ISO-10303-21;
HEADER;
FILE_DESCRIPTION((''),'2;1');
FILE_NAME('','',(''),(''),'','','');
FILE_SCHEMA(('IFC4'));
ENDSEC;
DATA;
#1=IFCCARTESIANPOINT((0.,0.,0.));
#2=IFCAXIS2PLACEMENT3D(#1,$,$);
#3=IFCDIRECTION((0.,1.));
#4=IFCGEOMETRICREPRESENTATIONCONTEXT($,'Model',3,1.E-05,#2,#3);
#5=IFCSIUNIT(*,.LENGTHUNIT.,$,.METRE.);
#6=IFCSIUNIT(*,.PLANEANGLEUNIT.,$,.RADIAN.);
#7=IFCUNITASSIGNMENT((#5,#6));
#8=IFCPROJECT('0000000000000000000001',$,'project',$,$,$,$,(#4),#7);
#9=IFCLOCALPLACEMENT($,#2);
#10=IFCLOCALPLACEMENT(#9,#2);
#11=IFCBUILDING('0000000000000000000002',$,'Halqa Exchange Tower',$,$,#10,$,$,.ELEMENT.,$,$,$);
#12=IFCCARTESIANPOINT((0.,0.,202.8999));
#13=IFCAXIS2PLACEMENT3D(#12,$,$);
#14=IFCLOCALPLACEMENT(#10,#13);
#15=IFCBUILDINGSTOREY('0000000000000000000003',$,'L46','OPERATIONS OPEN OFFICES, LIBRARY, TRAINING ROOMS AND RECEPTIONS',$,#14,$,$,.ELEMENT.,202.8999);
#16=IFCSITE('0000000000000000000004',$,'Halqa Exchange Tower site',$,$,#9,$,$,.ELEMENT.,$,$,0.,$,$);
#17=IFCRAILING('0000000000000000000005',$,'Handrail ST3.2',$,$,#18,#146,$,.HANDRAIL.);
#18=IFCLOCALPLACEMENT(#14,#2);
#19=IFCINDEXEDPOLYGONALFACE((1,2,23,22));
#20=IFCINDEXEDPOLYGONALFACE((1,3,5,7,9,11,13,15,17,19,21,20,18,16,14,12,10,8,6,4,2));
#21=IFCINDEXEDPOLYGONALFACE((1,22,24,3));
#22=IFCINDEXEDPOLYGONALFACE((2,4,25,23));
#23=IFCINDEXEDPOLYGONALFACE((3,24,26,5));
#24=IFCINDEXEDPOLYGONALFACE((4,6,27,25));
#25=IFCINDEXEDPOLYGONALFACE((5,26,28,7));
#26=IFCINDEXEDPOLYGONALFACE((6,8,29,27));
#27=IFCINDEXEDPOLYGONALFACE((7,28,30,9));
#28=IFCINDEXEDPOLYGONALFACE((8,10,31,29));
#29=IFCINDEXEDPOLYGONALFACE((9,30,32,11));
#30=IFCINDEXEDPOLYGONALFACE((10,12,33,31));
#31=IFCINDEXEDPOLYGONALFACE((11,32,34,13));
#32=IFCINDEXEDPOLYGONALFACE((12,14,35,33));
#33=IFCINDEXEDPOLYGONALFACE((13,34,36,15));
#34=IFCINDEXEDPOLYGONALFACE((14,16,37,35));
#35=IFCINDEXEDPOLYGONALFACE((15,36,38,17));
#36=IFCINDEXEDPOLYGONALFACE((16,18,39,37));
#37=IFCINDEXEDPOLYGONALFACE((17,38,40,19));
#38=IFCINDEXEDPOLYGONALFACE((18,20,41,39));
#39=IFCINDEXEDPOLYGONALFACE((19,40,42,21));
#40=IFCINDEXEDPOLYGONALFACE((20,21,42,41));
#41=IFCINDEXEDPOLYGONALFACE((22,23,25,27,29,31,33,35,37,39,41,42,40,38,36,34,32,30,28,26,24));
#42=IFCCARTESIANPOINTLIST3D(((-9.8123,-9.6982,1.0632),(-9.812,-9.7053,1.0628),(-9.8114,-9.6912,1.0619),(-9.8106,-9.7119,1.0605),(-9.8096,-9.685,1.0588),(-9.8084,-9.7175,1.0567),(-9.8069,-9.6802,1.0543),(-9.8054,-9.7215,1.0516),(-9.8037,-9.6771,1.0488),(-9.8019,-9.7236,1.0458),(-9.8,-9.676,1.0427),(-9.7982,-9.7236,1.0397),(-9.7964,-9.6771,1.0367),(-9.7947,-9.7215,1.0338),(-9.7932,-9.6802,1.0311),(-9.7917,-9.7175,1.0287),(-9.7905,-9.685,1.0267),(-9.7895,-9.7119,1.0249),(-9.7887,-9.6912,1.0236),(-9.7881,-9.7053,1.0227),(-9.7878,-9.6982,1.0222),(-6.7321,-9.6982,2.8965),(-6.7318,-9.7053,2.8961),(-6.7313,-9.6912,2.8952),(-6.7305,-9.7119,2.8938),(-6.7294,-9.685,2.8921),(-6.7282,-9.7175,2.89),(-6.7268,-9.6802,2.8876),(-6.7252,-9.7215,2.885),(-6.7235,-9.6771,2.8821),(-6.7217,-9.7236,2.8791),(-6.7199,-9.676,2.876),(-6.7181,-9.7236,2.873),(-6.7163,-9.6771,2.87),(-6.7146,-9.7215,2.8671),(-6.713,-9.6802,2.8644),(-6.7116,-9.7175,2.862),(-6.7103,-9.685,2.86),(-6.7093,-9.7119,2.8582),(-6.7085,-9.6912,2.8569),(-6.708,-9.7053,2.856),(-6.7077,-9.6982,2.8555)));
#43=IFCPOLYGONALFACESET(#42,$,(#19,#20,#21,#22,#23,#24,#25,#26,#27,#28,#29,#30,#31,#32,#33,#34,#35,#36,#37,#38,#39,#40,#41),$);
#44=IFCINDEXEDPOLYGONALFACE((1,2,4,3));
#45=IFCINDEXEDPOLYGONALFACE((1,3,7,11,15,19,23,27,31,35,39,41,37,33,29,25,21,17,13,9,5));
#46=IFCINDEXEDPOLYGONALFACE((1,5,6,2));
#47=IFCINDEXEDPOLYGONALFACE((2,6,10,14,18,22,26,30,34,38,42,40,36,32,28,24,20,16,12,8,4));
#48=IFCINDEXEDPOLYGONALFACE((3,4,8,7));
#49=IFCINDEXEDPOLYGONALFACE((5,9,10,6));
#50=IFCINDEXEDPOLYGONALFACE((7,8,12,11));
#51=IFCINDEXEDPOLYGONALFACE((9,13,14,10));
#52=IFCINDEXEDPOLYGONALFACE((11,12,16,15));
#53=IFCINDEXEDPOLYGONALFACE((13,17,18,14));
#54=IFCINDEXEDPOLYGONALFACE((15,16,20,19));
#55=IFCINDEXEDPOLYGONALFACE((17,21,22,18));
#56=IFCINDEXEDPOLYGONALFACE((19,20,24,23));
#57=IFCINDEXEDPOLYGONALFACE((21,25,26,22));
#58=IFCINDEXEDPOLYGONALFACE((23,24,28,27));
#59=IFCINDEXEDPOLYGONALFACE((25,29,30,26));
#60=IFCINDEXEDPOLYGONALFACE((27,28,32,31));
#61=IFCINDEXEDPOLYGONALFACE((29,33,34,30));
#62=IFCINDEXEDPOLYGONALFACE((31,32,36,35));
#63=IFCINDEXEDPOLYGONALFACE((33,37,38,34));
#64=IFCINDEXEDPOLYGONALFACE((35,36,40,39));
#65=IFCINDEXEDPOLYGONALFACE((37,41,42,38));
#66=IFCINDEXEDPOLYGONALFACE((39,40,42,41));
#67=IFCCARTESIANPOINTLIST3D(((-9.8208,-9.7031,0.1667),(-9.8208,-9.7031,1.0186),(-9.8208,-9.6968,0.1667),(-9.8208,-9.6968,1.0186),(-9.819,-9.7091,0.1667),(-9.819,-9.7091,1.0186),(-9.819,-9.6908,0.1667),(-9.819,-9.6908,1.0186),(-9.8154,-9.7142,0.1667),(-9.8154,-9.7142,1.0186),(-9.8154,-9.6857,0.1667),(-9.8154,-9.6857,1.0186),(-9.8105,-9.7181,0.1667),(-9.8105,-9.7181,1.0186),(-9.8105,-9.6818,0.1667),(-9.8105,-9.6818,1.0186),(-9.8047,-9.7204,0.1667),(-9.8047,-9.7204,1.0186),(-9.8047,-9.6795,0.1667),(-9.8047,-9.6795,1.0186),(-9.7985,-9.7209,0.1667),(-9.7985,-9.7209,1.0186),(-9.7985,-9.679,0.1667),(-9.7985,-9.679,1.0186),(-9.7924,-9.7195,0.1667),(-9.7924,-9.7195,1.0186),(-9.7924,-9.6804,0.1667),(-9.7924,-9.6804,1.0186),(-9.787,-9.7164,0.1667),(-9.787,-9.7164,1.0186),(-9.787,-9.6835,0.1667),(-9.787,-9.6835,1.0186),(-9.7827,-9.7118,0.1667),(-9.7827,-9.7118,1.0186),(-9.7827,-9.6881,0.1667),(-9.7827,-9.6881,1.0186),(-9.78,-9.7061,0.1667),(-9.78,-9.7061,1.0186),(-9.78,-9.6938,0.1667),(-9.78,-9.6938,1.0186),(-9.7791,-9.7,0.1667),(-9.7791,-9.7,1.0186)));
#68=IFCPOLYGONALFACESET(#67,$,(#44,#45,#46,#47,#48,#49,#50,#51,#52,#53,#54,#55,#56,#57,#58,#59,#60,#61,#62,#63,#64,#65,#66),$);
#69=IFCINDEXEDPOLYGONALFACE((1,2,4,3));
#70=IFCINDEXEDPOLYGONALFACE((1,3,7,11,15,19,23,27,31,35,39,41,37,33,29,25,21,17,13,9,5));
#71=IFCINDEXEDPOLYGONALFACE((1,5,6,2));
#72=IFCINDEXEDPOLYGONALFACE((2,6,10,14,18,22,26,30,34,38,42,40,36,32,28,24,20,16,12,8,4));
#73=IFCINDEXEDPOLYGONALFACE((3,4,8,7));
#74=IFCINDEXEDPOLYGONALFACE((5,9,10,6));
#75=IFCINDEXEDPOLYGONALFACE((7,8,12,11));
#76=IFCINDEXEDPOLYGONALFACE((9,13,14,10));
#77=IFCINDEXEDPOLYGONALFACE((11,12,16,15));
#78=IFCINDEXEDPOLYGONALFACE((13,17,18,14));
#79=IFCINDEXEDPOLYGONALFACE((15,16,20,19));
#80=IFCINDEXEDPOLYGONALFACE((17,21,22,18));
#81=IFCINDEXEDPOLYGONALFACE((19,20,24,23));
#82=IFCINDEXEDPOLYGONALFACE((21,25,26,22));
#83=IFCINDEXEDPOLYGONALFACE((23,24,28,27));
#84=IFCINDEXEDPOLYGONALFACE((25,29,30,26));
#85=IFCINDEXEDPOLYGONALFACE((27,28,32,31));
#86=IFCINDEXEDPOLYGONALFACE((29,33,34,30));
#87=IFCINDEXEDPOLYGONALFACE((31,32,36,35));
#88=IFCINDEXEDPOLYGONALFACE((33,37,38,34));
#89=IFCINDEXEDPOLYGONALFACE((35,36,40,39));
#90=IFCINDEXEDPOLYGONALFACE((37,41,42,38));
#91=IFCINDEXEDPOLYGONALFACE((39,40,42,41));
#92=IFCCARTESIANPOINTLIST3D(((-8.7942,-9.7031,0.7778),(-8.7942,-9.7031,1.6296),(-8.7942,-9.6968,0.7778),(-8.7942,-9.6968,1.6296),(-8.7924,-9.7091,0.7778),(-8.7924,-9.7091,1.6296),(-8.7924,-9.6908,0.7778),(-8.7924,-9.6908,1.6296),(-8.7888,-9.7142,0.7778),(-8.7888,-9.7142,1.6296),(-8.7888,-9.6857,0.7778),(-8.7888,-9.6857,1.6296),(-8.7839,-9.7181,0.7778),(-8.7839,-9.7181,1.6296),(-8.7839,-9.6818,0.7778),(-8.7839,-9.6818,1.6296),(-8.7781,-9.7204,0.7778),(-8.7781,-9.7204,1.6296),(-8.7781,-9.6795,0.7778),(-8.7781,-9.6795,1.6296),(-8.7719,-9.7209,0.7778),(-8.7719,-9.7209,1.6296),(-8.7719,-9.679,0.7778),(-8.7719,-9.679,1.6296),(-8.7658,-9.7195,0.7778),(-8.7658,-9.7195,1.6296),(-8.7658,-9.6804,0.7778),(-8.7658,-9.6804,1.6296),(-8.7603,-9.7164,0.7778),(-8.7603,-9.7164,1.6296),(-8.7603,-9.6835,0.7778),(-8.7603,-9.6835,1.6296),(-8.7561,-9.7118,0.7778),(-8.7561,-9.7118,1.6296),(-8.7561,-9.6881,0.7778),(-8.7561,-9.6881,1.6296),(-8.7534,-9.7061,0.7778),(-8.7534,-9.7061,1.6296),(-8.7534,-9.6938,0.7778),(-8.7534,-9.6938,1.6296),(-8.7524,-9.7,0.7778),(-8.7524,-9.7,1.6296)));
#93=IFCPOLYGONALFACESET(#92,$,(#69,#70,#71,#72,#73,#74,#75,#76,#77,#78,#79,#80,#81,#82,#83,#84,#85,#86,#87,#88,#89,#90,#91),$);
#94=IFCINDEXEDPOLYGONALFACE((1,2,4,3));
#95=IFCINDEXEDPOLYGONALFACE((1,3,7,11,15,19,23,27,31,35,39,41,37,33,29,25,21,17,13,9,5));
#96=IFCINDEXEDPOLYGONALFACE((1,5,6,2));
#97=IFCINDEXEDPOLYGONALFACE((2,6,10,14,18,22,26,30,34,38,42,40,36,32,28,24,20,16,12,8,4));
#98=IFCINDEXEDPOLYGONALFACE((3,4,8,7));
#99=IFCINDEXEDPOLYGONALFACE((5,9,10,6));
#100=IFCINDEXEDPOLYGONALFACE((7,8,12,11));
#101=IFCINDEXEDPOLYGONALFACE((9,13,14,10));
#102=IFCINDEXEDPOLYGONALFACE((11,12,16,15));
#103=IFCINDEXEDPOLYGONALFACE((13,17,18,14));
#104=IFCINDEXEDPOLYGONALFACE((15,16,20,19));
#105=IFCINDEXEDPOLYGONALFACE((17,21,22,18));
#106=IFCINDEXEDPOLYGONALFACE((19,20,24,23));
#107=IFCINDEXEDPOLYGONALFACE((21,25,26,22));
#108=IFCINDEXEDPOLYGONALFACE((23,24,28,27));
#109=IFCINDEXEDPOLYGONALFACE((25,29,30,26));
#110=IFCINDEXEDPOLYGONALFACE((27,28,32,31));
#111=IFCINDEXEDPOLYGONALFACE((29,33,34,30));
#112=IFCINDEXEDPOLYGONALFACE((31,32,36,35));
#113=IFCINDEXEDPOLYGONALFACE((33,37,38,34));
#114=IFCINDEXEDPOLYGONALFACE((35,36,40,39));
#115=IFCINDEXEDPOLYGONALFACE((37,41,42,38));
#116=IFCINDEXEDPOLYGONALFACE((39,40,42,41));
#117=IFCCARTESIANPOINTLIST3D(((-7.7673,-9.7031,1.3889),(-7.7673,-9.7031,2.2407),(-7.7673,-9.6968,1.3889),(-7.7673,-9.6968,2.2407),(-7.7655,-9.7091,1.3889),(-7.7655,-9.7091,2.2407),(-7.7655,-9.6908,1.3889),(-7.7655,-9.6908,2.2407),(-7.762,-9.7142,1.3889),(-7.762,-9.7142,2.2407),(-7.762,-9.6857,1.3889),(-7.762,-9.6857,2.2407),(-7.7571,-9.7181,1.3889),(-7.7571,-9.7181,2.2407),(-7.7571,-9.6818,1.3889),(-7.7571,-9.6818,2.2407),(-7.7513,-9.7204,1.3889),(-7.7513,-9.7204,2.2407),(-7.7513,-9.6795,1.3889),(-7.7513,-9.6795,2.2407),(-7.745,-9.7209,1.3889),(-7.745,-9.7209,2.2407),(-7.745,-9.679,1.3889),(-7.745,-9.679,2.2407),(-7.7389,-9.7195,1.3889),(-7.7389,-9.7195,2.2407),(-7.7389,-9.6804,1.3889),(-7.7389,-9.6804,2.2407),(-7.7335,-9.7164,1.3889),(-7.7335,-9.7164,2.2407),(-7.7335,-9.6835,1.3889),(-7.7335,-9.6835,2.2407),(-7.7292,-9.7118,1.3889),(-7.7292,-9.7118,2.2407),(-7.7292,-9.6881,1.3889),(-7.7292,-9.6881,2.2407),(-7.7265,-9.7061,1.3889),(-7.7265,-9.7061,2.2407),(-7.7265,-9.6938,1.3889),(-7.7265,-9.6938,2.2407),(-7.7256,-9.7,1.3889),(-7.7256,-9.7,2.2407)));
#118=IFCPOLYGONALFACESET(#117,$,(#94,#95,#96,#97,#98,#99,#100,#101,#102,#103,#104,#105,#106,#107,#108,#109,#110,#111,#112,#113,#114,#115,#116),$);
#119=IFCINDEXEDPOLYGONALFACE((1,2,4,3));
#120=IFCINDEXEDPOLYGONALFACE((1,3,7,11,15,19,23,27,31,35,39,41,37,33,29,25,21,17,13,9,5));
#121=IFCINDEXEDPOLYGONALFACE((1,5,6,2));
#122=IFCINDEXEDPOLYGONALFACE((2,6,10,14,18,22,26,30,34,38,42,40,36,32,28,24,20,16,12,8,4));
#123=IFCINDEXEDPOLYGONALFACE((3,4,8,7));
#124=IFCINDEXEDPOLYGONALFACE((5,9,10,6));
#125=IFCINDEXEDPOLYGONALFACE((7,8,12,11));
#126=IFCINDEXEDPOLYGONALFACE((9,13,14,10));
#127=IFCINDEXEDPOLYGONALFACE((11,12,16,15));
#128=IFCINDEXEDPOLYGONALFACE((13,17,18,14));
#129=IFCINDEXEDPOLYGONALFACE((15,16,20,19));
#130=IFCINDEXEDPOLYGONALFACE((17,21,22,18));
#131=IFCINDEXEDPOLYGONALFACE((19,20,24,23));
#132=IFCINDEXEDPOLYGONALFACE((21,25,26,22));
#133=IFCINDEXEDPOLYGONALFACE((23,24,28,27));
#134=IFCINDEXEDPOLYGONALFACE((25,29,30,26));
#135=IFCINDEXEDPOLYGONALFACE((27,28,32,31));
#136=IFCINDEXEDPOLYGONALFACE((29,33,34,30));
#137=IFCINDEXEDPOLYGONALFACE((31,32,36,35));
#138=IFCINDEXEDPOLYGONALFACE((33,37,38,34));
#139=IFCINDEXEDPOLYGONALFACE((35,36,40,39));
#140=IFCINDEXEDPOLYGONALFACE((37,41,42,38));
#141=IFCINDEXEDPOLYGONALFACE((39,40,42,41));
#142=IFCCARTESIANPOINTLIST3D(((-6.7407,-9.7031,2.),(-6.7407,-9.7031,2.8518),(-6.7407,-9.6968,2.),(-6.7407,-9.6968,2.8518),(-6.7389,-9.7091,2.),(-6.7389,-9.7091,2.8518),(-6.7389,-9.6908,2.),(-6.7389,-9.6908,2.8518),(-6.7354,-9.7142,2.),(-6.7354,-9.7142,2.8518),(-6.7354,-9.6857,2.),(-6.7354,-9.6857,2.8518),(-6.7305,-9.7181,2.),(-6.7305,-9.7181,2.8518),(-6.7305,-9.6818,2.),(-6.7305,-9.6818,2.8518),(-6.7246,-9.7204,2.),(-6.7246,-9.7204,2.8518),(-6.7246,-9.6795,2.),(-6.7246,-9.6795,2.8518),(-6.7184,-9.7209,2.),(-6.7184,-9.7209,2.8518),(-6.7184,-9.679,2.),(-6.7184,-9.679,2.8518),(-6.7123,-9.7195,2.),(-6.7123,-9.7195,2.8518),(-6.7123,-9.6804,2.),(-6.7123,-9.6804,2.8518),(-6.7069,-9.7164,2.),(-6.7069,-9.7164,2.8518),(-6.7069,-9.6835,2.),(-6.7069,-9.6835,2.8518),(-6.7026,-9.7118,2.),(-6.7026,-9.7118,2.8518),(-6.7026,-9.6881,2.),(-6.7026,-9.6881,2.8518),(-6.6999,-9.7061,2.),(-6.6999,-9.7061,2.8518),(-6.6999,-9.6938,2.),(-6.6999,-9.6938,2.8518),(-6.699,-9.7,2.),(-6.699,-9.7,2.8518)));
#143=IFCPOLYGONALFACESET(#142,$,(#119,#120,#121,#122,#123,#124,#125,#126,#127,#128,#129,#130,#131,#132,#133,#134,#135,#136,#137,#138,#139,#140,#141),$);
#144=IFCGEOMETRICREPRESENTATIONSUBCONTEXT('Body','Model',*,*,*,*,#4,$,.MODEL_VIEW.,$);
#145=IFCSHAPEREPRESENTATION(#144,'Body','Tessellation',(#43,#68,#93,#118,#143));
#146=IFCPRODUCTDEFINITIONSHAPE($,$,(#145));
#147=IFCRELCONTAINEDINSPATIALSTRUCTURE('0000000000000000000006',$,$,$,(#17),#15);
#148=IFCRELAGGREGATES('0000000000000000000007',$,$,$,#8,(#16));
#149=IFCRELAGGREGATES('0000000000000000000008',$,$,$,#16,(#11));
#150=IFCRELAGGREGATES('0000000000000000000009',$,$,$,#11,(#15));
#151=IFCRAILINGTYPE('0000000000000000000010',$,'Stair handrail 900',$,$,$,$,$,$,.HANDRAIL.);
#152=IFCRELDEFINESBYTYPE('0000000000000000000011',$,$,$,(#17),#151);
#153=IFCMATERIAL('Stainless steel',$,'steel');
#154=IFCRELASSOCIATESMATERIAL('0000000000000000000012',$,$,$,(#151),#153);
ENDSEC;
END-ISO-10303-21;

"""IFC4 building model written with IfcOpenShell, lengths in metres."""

from ifc_helpers import new_model, si_unit, direction, frame, origin, origin_2d, place, context, subcontext, project, spatial, circle, extrude, material, type_object, element, save


model = new_model("IFC4")

# Units and contexts
model_context = context("Model", 3, precision=1e-05, world=origin(), true_north=direction((0.0, 1.0)))
body_context = subcontext(model_context, "Body", "Model", "MODEL_VIEW")
ifc_project = project(units=[si_unit("LENGTHUNIT", "METRE"), si_unit("PLANEANGLEUNIT", "RADIAN")], contexts=[model_context])

# Site, building, storey
site_placement = place(None, origin())
site = spatial("IfcSite", under=ifc_project, at=site_placement, Name="Halqa Exchange Tower site", CompositionType="ELEMENT", RefElevation=0.0)
building_placement = place(site_placement, origin())
building = spatial("IfcBuilding", under=site, at=building_placement, Name="Halqa Exchange Tower", CompositionType="ELEMENT")
storey_placement = place(building_placement, frame((0.0, 0.0, 202.8999)))
storey = spatial("IfcBuildingStorey", under=building, at=storey_placement, Name="L46", Description="OPERATIONS OPEN OFFICES, LIBRARY, TRAINING ROOMS AND RECEPTIONS", CompositionType="ELEMENT", Elevation=202.8999)

# Shared definitions
ifc_material_1 = material(Name="Stainless steel", Category="steel")

# Railing
railing_type_1 = type_object("IfcRailingType", Name="Stair handrail 900", PredefinedType="HANDRAIL", material=ifc_material_1)
railing_1_placement = place(storey_placement, frame((-9.8, -9.7, 0.1667)))
element("IfcRailing", 1, at=railing_1_placement, inside=storey, type_object=railing_type_1, Name="Handrail ST3.2", PredefinedType="HANDRAIL", context=body_context, shape_type="SweptSolid", body=[
    extrude(circle(Radius=0.0239, at=origin_2d()), frame((0.0, 0.0, 0.876), z_axis=(0.859309, 0.0, 0.511458), x_axis=(0.0, 1.0, 0.0)), (0.0, 0.0, 1.0), 3.5845),
    extrude(circle(Radius=0.021, at=origin_2d()), origin(), (0.0, 0.0, 1.0), 0.8518),
    extrude(circle(Radius=0.021, at=origin_2d()), frame((1.0266, 0.0, 0.6111)), (0.0, 0.0, 1.0), 0.8518),
    extrude(circle(Radius=0.021, at=origin_2d()), frame((2.0535, 0.0, 1.2222)), (0.0, 0.0, 1.0), 0.8518),
    extrude(circle(Radius=0.021, at=origin_2d()), frame((3.0801, 0.0, 1.8333)), (0.0, 0.0, 1.0), 0.8518),
])

save(model, "model.ifc")
